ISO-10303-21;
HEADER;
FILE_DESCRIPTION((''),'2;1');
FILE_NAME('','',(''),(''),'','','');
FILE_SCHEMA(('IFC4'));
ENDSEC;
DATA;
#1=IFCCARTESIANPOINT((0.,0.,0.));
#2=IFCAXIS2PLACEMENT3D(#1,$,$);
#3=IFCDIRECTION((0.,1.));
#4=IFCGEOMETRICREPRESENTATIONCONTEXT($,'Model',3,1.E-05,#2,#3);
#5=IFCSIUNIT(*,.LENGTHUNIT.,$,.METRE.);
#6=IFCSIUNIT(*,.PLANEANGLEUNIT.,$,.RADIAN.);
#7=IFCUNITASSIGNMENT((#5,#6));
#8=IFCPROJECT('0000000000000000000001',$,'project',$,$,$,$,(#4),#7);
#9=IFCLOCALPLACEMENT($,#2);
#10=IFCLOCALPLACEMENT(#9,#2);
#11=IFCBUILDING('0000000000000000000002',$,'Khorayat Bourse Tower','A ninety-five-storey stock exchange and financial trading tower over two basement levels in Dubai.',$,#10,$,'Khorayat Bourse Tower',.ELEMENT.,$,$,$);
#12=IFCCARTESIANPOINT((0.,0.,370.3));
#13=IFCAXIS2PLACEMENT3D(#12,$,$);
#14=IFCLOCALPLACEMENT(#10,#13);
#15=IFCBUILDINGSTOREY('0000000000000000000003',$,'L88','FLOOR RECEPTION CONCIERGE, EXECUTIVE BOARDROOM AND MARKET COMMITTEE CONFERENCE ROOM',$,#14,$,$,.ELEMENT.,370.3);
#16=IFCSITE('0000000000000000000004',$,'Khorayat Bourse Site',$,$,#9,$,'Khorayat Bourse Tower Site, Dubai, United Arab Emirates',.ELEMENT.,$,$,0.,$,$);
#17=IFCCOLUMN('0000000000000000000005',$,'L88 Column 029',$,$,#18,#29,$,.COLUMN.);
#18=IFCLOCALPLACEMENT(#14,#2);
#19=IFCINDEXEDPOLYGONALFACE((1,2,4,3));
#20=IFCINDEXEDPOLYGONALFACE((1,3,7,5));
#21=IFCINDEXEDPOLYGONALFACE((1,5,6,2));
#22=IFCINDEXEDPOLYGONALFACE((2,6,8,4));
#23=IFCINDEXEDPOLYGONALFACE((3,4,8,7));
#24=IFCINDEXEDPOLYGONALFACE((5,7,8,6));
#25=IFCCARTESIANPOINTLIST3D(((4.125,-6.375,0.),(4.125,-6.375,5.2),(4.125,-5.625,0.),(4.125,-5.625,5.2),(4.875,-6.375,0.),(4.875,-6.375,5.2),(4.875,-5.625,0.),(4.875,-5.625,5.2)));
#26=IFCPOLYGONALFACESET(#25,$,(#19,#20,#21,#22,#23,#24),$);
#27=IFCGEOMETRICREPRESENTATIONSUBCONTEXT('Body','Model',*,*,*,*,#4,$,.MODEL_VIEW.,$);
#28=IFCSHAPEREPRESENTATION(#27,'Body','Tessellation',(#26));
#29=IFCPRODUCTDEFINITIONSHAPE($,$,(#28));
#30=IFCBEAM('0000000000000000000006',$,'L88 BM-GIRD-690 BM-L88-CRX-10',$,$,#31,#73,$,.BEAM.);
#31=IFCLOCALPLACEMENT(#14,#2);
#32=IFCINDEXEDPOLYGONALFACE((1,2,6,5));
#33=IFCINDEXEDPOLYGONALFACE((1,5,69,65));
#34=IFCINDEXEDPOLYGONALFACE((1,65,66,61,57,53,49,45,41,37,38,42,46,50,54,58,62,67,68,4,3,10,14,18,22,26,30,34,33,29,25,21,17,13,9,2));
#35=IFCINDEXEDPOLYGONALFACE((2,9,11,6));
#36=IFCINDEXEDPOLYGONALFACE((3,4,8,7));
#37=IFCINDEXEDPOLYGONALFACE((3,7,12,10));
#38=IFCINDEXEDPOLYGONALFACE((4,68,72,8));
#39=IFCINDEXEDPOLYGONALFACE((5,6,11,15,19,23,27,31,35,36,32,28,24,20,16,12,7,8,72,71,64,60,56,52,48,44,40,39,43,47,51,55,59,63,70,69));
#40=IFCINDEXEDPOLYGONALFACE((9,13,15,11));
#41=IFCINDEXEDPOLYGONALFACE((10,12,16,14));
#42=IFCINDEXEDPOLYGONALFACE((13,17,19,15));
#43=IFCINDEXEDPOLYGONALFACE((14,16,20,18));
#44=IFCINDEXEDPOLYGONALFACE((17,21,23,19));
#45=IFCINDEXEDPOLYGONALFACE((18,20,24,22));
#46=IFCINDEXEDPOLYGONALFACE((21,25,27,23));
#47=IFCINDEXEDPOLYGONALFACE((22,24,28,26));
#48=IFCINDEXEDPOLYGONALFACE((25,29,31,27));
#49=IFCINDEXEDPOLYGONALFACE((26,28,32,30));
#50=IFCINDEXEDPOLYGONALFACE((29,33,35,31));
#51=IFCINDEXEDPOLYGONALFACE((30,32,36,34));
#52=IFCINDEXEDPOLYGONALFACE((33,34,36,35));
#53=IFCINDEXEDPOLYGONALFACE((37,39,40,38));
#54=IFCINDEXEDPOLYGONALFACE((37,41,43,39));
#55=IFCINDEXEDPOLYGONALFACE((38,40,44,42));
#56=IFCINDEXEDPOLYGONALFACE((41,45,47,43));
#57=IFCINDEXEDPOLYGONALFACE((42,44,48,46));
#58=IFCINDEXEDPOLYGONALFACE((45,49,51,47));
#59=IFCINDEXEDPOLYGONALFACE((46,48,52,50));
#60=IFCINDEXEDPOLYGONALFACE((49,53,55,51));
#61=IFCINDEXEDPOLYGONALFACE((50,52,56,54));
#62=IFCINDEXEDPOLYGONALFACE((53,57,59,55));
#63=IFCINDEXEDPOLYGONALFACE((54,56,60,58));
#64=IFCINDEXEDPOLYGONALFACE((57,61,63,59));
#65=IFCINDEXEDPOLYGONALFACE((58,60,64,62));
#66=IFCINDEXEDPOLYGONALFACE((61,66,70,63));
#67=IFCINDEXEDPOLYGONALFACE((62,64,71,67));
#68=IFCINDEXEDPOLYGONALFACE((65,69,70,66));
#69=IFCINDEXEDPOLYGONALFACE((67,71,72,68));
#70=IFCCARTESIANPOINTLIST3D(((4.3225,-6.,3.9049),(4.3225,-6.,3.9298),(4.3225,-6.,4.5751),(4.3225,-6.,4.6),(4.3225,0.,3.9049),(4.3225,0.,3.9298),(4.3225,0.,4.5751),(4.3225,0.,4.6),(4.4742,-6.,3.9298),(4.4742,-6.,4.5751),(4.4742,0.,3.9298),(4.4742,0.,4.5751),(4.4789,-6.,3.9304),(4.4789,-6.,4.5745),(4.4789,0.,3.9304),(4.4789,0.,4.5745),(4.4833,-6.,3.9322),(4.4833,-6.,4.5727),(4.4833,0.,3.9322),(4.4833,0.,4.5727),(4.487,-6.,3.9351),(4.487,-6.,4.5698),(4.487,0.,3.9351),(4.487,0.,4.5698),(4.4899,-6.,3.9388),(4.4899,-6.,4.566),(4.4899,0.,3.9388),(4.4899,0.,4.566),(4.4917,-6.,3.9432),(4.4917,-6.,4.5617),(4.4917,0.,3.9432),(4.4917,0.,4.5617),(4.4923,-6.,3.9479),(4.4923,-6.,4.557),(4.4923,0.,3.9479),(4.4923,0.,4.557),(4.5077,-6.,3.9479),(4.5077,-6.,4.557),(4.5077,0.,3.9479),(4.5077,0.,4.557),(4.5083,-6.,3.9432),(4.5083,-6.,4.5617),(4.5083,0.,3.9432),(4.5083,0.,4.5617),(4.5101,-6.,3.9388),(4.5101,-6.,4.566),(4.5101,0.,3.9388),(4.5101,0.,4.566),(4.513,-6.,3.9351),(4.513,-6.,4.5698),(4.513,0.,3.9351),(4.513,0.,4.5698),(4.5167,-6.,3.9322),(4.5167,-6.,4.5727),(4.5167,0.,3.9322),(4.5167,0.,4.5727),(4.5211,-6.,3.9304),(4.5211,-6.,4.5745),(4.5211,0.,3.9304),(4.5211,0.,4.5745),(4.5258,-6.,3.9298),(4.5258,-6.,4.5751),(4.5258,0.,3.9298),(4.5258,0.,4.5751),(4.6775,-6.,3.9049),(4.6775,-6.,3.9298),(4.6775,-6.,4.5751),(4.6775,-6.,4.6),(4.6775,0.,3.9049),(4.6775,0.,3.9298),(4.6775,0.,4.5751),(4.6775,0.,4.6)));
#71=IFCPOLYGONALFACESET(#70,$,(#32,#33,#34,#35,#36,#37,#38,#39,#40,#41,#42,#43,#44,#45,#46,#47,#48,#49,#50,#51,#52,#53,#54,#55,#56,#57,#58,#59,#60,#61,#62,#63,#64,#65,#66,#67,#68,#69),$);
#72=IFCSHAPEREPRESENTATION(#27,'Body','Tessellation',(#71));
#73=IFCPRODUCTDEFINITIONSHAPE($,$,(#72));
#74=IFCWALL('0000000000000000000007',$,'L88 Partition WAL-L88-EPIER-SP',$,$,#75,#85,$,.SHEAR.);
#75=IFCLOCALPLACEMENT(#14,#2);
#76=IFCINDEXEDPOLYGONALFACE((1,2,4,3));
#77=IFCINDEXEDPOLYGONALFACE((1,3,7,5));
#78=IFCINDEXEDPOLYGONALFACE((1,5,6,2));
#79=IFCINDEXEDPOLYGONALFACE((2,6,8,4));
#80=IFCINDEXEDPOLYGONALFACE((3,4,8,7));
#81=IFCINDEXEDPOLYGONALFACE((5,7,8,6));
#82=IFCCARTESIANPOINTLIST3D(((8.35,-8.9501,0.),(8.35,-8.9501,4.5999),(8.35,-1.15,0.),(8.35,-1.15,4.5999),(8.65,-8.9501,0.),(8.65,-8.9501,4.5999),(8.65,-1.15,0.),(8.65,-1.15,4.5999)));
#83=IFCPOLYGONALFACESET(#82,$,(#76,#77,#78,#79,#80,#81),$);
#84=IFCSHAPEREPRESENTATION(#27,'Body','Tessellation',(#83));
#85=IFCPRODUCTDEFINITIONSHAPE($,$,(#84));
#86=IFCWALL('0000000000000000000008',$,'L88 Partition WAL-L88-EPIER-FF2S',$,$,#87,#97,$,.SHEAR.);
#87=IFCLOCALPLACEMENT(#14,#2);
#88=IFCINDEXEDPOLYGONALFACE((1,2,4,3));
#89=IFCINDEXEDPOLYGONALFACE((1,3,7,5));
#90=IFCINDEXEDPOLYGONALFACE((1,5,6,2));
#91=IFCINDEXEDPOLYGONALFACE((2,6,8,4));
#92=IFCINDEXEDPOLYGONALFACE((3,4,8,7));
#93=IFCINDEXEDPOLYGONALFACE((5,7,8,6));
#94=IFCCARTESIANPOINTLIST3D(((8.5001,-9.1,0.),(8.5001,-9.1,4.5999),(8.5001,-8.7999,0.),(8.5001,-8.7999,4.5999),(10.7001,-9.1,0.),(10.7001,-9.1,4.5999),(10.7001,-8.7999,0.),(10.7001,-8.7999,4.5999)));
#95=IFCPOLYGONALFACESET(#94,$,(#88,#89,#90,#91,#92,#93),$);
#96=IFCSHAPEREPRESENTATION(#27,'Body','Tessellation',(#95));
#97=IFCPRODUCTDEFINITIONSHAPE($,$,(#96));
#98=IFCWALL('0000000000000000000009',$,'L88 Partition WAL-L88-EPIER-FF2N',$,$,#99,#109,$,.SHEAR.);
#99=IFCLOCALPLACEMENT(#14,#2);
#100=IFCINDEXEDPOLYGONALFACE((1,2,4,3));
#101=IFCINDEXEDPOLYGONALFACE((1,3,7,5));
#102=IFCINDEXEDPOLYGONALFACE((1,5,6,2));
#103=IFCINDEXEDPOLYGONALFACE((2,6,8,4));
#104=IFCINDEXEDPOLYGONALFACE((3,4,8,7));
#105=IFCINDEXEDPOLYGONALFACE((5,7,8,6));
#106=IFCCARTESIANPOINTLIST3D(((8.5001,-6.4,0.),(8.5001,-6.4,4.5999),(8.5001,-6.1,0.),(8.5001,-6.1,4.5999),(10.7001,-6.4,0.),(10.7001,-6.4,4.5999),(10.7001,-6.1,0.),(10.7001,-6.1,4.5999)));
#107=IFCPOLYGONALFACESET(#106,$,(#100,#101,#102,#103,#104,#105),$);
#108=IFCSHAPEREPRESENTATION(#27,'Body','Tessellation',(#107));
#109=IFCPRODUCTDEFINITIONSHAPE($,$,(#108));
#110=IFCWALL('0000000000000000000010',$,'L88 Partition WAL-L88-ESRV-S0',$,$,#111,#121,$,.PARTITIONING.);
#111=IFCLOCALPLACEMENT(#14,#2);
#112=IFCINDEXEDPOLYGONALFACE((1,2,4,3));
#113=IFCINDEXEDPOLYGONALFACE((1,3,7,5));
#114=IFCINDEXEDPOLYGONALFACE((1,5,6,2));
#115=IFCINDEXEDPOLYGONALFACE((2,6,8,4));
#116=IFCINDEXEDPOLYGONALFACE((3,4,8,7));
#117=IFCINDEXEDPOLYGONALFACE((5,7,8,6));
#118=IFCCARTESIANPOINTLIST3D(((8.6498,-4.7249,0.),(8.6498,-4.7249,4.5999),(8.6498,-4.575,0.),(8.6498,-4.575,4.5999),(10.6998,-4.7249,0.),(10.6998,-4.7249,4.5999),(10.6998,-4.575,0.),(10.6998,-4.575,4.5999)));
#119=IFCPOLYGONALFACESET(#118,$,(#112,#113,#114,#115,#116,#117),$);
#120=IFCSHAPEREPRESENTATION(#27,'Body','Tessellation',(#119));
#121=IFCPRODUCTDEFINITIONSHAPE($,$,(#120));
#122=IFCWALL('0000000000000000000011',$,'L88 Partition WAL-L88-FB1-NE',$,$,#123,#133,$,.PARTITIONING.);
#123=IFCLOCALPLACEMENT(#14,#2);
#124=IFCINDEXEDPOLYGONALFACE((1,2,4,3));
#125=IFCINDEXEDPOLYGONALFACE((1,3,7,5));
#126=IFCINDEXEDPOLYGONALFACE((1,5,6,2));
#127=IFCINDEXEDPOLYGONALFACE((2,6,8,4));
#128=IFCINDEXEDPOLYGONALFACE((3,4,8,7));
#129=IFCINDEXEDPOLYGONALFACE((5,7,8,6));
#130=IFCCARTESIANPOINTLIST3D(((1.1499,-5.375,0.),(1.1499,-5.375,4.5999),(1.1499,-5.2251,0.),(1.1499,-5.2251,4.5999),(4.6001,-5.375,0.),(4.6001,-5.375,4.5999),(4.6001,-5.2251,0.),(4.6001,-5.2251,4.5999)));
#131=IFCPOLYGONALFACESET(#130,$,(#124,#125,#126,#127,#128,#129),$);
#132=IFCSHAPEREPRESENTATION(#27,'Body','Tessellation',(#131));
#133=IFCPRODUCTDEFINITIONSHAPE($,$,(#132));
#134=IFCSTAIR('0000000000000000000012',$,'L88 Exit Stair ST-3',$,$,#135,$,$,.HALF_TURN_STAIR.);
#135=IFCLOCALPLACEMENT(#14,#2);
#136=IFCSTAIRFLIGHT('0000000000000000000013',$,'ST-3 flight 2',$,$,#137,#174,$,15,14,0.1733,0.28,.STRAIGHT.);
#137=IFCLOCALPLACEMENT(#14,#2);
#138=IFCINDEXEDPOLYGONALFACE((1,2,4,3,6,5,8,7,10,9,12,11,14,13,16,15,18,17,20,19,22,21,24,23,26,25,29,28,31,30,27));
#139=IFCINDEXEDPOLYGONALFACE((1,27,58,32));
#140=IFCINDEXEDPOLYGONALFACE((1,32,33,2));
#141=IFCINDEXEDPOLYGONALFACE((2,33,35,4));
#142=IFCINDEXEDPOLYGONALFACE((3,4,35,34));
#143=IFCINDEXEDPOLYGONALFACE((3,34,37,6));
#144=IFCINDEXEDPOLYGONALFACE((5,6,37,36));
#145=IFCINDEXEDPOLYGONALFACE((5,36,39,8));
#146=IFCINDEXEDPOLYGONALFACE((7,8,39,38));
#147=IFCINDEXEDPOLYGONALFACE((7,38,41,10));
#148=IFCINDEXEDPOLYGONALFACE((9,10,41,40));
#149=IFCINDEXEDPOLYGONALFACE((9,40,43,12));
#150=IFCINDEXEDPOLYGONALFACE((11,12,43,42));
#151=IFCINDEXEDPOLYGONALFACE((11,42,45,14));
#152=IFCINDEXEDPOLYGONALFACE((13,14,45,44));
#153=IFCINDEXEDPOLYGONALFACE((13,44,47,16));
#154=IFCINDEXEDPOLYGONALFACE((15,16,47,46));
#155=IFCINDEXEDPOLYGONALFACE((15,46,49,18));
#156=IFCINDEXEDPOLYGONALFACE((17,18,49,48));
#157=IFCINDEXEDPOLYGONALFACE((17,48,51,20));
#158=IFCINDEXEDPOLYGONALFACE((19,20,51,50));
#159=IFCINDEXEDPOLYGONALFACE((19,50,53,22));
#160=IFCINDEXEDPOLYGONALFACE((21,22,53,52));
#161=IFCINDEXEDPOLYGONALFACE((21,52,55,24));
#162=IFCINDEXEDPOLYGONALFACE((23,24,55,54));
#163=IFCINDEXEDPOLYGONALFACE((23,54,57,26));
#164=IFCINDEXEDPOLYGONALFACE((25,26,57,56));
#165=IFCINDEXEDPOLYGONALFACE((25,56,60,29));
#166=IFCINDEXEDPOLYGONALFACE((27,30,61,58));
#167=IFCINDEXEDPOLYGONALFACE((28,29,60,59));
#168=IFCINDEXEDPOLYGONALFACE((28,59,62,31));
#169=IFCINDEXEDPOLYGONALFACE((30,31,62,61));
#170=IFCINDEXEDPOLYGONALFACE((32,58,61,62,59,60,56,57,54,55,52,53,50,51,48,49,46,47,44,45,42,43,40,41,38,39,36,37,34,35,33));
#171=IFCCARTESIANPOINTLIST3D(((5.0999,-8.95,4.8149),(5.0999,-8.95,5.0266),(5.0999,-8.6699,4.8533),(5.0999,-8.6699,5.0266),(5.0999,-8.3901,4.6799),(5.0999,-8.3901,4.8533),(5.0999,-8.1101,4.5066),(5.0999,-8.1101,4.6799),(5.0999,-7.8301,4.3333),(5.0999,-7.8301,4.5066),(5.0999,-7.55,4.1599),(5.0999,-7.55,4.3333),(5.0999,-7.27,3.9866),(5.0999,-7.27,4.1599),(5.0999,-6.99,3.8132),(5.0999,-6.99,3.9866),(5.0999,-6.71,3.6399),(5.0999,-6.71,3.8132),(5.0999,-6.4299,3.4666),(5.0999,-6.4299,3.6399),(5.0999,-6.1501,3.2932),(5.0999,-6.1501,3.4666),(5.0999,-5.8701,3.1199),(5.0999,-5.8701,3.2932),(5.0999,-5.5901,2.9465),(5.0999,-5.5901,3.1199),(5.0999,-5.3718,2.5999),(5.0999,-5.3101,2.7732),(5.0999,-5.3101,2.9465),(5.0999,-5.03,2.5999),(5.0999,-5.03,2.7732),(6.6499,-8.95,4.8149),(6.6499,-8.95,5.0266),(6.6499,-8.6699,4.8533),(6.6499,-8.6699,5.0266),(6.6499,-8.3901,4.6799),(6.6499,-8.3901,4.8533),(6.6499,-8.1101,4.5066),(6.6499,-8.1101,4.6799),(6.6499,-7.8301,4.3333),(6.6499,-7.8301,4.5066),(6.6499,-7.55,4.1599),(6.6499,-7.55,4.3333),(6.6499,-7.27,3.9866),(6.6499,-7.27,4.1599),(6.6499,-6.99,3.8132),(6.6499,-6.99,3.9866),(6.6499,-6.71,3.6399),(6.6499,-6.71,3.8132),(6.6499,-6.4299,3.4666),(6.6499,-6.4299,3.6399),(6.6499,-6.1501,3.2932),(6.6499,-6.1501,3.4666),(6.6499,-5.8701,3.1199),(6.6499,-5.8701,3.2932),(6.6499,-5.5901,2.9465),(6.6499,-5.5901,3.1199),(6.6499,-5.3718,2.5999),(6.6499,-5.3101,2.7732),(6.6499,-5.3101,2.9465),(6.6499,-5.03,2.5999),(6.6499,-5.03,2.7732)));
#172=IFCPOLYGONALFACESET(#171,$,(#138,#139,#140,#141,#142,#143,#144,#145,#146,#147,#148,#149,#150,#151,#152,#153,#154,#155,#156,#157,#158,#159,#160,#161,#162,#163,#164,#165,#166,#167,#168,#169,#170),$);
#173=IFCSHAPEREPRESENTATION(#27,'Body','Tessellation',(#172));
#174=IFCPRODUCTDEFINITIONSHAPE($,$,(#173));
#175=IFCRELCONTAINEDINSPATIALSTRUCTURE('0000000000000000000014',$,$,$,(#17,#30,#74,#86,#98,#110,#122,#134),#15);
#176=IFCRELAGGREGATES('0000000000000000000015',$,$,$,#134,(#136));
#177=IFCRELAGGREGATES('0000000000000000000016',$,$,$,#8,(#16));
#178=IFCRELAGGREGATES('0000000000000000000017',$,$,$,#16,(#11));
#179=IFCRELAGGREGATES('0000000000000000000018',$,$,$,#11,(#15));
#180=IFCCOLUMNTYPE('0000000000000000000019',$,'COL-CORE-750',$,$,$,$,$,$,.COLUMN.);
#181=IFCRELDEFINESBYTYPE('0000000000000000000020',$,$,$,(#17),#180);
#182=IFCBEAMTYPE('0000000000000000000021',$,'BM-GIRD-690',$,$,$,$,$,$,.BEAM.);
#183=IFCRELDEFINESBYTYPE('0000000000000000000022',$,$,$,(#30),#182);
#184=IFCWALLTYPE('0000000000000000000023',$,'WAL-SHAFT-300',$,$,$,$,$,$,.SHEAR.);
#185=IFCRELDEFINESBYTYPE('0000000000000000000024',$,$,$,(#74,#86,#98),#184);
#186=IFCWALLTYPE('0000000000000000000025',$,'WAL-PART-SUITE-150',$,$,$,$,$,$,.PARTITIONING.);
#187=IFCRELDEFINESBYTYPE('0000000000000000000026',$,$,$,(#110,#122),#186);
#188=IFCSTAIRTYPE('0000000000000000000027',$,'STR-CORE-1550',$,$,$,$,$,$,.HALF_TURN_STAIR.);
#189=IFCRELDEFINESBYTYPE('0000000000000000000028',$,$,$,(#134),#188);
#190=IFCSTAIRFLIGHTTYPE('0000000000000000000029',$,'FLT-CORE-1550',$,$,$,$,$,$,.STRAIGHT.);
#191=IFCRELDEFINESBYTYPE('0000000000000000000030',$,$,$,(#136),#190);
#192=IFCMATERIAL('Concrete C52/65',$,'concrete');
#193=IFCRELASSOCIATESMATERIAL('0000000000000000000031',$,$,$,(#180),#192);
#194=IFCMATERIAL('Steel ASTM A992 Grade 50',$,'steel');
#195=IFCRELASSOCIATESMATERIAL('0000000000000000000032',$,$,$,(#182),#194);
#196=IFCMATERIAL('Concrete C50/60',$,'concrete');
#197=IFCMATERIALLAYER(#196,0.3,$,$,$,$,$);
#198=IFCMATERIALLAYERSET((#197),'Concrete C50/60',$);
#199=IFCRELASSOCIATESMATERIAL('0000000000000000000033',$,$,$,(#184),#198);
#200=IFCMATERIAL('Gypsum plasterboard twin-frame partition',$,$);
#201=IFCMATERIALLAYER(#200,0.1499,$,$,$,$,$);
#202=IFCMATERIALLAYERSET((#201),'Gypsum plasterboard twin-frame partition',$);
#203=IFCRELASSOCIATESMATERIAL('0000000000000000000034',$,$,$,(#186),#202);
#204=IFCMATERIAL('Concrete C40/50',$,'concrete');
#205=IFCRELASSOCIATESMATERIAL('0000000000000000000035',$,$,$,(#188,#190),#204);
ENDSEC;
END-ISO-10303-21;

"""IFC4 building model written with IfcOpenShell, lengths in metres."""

from ifc_helpers import new_model, si_unit, direction, frame, frame_2d, origin, origin_2d, place, context, subcontext, project, spatial, polyline, rectangle, i_section, outline, extrude, source, transform, mapped, material, layer, layer_set, material_profile, profile_set, type_object, element, aggregate, save


model = new_model("IFC4")

# Units and contexts
model_context = context("Model", 3, precision=1e-05, world=origin(), true_north=direction((0.0, 1.0)))
body_context = subcontext(model_context, "Body", "Model", "MODEL_VIEW")
ifc_project = project(units=[si_unit("LENGTHUNIT", "METRE"), si_unit("PLANEANGLEUNIT", "RADIAN")], contexts=[model_context])

# Site, building, storey
site_placement = place(None, origin())
site = spatial("IfcSite", under=ifc_project, at=site_placement, Name="Khorayat Bourse Site", LongName="Khorayat Bourse Tower Site, Dubai, United Arab Emirates", CompositionType="ELEMENT", RefElevation=0.0)
building_placement = place(site_placement, origin())
building = spatial("IfcBuilding", under=site, at=building_placement, Name="Khorayat Bourse Tower", Description="A ninety-five-storey stock exchange and financial trading tower over two basement levels in Dubai.", LongName="Khorayat Bourse Tower", CompositionType="ELEMENT")
storey_placement = place(building_placement, frame((0.0, 0.0, 370.3)))
storey = spatial("IfcBuildingStorey", under=building, at=storey_placement, Name="L88", Description="FLOOR RECEPTION CONCIERGE, EXECUTIVE BOARDROOM AND MARKET COMMITTEE CONFERENCE ROOM", CompositionType="ELEMENT", Elevation=370.3)

# Column
ifc_material_1 = material(Name="Concrete C52/65", Category="concrete")
ifc_material_profile_1 = material_profile(ifc_material_1, rectangle(XDim=0.75, YDim=0.75, at=origin_2d()), Name="RC 750x750")
ifc_profile_set_1 = profile_set([ifc_material_profile_1], Name="Concrete C52/65")
column_type = type_object("IfcColumnType", Name="COL-CORE-750", PredefinedType="COLUMN", material=ifc_profile_set_1)
shared_shape_1 = source(origin(), body_context, "Body", "SweptSolid", [
    extrude(rectangle(XDim=0.75, YDim=0.75, at=origin_2d()), origin(), (0.0, 0.0, 1.0), 5.2),
])
column_placement = place(storey_placement, frame((4.5, -6.0, 0.0), z_axis=(0.0, 0.0, 1.0), x_axis=(1.0, 0.0, 0.0)))
element("IfcColumn", 1, at=column_placement, inside=storey, type_object=column_type, Name="L88 Column 029", PredefinedType="COLUMN", context=body_context, shape_type="MappedRepresentation", body=[
    mapped(shared_shape_1, transform((0.0, 0.0, 0.0), scale=1.0)),
])

# Beam
ifc_material_2 = material(Name="Steel ASTM A992 Grade 50", Category="steel")
ifc_material_profile_2 = material_profile(ifc_material_2, i_section(OverallWidth=0.355, OverallDepth=0.6951, WebThickness=0.0154, FlangeThickness=0.0249, FilletRadius=0.0181, at=origin_2d()), Name="W690X217")
ifc_profile_set_2 = profile_set([ifc_material_profile_2], Name="Steel ASTM A992 Grade 50")
beam_type = type_object("IfcBeamType", Name="BM-GIRD-690", PredefinedType="BEAM", material=ifc_profile_set_2)
shared_shape_2 = source(origin(), body_context, "Body", "SweptSolid", [
    extrude(i_section(OverallWidth=0.355, OverallDepth=0.6951, WebThickness=0.0154, FlangeThickness=0.0249, FilletRadius=0.0181, at=origin_2d()), origin(), (0.0, 0.0, 1.0), 6.0),
])
beam_placement = place(storey_placement, frame((4.5, -6.0, 4.2524), z_axis=(0.0, 1.0, 0.0), x_axis=(-1.0, 0.0, 0.0)))
element("IfcBeam", 2, at=beam_placement, inside=storey, type_object=beam_type, Name="L88 BM-GIRD-690 BM-L88-CRX-10", PredefinedType="BEAM", context=body_context, shape_type="MappedRepresentation", body=[
    mapped(shared_shape_2, transform((0.0, 0.0, 0.0), scale=1.0)),
])

# Walls
ifc_material_3 = material(Name="Concrete C50/60", Category="concrete")
ifc_layer_1 = layer(ifc_material_3, 0.3)
ifc_layer_set_1 = layer_set([ifc_layer_1], Name="Concrete C50/60")
wall_type_1 = type_object("IfcWallType", Name="WAL-SHAFT-300", PredefinedType="SHEAR", material=ifc_layer_set_1)
shared_shape_3 = source(origin(), body_context, "Body", "SweptSolid", [
    extrude(rectangle(XDim=7.8, YDim=0.3, at=frame_2d((3.8999, 0.0))), origin(), (0.0, 0.0, 1.0), 4.5999),
])
wall_1_placement = place(storey_placement, frame((8.5, -8.95, 0.0), z_axis=(0.0, 0.0, 1.0), x_axis=(0.0, 1.0, 0.0)))
element("IfcWall", 3, at=wall_1_placement, inside=storey, type_object=wall_type_1, Name="L88 Partition WAL-L88-EPIER-SP", PredefinedType="SHEAR", context=body_context, shape_type="MappedRepresentation", body=[
    mapped(shared_shape_3, transform((0.0, 0.0, 0.0), scale=1.0)),
])
shared_shape_4 = source(origin(), body_context, "Body", "SweptSolid", [
    extrude(rectangle(XDim=2.2, YDim=0.3, at=frame_2d((1.1001, 0.0))), origin(), (0.0, 0.0, 1.0), 4.5999),
])
for number, where, z_axis, x_axis, name in (
    (4, (8.5, -8.95, 0.0), (0.0, 0.0, 1.0), (1.0, 0.0, 0.0), "L88 Partition WAL-L88-EPIER-FF2S"),
    (5, (8.5, -6.25, 0.0), (0.0, 0.0, 1.0), (1.0, 0.0, 0.0), "L88 Partition WAL-L88-EPIER-FF2N"),
):
    element("IfcWall", number, at=place(storey_placement, frame(where, z_axis=z_axis, x_axis=x_axis)), inside=storey, type_object=wall_type_1, Name=name, PredefinedType="SHEAR", context=body_context, shape_type="MappedRepresentation", body=[
        mapped(shared_shape_4, transform((0.0, 0.0, 0.0), scale=1.0)),
    ])
ifc_material_4 = material(Name="Gypsum plasterboard twin-frame partition")
ifc_layer_2 = layer(ifc_material_4, 0.1499)
ifc_layer_set_2 = layer_set([ifc_layer_2], Name="Gypsum plasterboard twin-frame partition")
wall_type_2 = type_object("IfcWallType", Name="WAL-PART-SUITE-150", PredefinedType="PARTITIONING", material=ifc_layer_set_2)
shared_shape_5 = source(origin(), body_context, "Body", "SweptSolid", [
    extrude(rectangle(XDim=2.05, YDim=0.1499, at=frame_2d((1.0249, 0.0))), origin(), (0.0, 0.0, 1.0), 4.5999),
])
wall_2_placement = place(storey_placement, frame((8.6499, -4.6499, 0.0), z_axis=(0.0, 0.0, 1.0), x_axis=(1.0, 0.0, 0.0)))
element("IfcWall", 6, at=wall_2_placement, inside=storey, type_object=wall_type_2, Name="L88 Partition WAL-L88-ESRV-S0", PredefinedType="PARTITIONING", context=body_context, shape_type="MappedRepresentation", body=[
    mapped(shared_shape_5, transform((0.0, 0.0, 0.0), scale=1.0)),
])
shared_shape_6 = source(origin(), body_context, "Body", "SweptSolid", [
    extrude(rectangle(XDim=3.4502, YDim=0.1499, at=frame_2d((1.7251, 0.0))), origin(), (0.0, 0.0, 1.0), 4.5999),
])
wall_3_placement = place(storey_placement, frame((1.1499, -5.3, 0.0), z_axis=(0.0, 0.0, 1.0), x_axis=(1.0, 0.0, 0.0)))
element("IfcWall", 7, at=wall_3_placement, inside=storey, type_object=wall_type_2, Name="L88 Partition WAL-L88-FB1-NE", PredefinedType="PARTITIONING", context=body_context, shape_type="MappedRepresentation", body=[
    mapped(shared_shape_6, transform((0.0, 0.0, 0.0), scale=1.0)),
])

# Stair, stair flight
ifc_material_5 = material(Name="Concrete C40/50", Category="concrete")
stair_type = type_object("IfcStairType", Name="STR-CORE-1550", PredefinedType="HALF_TURN_STAIR", material=ifc_material_5)
stair_placement = place(storey_placement, origin())
stair = element("IfcStair", 8, at=stair_placement, inside=storey, type_object=stair_type, Name="L88 Exit Stair ST-3", PredefinedType="HALF_TURN_STAIR")
stair_flight_type = type_object("IfcStairFlightType", Name="FLT-CORE-1550", PredefinedType="STRAIGHT", material=ifc_material_5)
shared_shape_7 = source(origin(), body_context, "Body", "SweptSolid", [
    extrude(outline(polyline([(0.0, 0.0), (0.0, 0.1733), (0.28, 0.1733), (0.28, 0.3467), (0.5601, 0.3467), (0.5601, 0.52), (0.8401, 0.52), (0.8401, 0.6934), (1.1201, 0.6934), (1.1201, 0.8667), (1.3999, 0.8667), (1.3999, 1.04), (1.6799, 1.04), (1.6799, 1.2134), (1.96, 1.2134), (1.96, 1.3867), (2.24, 1.3867), (2.24, 1.5601), (2.52, 1.5601), (2.52, 1.7334), (2.8, 1.7334), (2.8, 1.9067), (3.0801, 1.9067), (3.0801, 2.0801), (3.3601, 2.0801), (3.3601, 2.2534), (3.6399, 2.2534), (3.6399, 2.4268), (3.9199, 2.4268), (3.9199, 2.6001), (3.9199, 2.2151), (0.3418, 0.0), (0.0, 0.0)])), frame((0.0, 0.7749, 0.0), z_axis=(0.0, -1.0, 0.0), x_axis=(1.0, 0.0, 0.0)), (0.0, 0.0, 1.0), 1.55),
])
stair_flight_placement = place(storey_placement, frame((5.875, -5.03, 2.5999), z_axis=(0.0, 0.0, 1.0), x_axis=(0.0, -1.0, 0.0)))
stair_flight = element("IfcStairFlight", 9, at=stair_flight_placement, type_object=stair_flight_type, Name="ST-3 flight 2", NumberOfRisers=15, NumberOfTreads=14, PredefinedType="STRAIGHT", RiserHeight=0.1733, TreadLength=0.28, context=body_context, shape_type="MappedRepresentation", body=[
    mapped(shared_shape_7, transform((0.0, 0.0, 0.0), scale=1.0)),
])
aggregate(stair, [stair_flight])

save(model, "model.ifc")
